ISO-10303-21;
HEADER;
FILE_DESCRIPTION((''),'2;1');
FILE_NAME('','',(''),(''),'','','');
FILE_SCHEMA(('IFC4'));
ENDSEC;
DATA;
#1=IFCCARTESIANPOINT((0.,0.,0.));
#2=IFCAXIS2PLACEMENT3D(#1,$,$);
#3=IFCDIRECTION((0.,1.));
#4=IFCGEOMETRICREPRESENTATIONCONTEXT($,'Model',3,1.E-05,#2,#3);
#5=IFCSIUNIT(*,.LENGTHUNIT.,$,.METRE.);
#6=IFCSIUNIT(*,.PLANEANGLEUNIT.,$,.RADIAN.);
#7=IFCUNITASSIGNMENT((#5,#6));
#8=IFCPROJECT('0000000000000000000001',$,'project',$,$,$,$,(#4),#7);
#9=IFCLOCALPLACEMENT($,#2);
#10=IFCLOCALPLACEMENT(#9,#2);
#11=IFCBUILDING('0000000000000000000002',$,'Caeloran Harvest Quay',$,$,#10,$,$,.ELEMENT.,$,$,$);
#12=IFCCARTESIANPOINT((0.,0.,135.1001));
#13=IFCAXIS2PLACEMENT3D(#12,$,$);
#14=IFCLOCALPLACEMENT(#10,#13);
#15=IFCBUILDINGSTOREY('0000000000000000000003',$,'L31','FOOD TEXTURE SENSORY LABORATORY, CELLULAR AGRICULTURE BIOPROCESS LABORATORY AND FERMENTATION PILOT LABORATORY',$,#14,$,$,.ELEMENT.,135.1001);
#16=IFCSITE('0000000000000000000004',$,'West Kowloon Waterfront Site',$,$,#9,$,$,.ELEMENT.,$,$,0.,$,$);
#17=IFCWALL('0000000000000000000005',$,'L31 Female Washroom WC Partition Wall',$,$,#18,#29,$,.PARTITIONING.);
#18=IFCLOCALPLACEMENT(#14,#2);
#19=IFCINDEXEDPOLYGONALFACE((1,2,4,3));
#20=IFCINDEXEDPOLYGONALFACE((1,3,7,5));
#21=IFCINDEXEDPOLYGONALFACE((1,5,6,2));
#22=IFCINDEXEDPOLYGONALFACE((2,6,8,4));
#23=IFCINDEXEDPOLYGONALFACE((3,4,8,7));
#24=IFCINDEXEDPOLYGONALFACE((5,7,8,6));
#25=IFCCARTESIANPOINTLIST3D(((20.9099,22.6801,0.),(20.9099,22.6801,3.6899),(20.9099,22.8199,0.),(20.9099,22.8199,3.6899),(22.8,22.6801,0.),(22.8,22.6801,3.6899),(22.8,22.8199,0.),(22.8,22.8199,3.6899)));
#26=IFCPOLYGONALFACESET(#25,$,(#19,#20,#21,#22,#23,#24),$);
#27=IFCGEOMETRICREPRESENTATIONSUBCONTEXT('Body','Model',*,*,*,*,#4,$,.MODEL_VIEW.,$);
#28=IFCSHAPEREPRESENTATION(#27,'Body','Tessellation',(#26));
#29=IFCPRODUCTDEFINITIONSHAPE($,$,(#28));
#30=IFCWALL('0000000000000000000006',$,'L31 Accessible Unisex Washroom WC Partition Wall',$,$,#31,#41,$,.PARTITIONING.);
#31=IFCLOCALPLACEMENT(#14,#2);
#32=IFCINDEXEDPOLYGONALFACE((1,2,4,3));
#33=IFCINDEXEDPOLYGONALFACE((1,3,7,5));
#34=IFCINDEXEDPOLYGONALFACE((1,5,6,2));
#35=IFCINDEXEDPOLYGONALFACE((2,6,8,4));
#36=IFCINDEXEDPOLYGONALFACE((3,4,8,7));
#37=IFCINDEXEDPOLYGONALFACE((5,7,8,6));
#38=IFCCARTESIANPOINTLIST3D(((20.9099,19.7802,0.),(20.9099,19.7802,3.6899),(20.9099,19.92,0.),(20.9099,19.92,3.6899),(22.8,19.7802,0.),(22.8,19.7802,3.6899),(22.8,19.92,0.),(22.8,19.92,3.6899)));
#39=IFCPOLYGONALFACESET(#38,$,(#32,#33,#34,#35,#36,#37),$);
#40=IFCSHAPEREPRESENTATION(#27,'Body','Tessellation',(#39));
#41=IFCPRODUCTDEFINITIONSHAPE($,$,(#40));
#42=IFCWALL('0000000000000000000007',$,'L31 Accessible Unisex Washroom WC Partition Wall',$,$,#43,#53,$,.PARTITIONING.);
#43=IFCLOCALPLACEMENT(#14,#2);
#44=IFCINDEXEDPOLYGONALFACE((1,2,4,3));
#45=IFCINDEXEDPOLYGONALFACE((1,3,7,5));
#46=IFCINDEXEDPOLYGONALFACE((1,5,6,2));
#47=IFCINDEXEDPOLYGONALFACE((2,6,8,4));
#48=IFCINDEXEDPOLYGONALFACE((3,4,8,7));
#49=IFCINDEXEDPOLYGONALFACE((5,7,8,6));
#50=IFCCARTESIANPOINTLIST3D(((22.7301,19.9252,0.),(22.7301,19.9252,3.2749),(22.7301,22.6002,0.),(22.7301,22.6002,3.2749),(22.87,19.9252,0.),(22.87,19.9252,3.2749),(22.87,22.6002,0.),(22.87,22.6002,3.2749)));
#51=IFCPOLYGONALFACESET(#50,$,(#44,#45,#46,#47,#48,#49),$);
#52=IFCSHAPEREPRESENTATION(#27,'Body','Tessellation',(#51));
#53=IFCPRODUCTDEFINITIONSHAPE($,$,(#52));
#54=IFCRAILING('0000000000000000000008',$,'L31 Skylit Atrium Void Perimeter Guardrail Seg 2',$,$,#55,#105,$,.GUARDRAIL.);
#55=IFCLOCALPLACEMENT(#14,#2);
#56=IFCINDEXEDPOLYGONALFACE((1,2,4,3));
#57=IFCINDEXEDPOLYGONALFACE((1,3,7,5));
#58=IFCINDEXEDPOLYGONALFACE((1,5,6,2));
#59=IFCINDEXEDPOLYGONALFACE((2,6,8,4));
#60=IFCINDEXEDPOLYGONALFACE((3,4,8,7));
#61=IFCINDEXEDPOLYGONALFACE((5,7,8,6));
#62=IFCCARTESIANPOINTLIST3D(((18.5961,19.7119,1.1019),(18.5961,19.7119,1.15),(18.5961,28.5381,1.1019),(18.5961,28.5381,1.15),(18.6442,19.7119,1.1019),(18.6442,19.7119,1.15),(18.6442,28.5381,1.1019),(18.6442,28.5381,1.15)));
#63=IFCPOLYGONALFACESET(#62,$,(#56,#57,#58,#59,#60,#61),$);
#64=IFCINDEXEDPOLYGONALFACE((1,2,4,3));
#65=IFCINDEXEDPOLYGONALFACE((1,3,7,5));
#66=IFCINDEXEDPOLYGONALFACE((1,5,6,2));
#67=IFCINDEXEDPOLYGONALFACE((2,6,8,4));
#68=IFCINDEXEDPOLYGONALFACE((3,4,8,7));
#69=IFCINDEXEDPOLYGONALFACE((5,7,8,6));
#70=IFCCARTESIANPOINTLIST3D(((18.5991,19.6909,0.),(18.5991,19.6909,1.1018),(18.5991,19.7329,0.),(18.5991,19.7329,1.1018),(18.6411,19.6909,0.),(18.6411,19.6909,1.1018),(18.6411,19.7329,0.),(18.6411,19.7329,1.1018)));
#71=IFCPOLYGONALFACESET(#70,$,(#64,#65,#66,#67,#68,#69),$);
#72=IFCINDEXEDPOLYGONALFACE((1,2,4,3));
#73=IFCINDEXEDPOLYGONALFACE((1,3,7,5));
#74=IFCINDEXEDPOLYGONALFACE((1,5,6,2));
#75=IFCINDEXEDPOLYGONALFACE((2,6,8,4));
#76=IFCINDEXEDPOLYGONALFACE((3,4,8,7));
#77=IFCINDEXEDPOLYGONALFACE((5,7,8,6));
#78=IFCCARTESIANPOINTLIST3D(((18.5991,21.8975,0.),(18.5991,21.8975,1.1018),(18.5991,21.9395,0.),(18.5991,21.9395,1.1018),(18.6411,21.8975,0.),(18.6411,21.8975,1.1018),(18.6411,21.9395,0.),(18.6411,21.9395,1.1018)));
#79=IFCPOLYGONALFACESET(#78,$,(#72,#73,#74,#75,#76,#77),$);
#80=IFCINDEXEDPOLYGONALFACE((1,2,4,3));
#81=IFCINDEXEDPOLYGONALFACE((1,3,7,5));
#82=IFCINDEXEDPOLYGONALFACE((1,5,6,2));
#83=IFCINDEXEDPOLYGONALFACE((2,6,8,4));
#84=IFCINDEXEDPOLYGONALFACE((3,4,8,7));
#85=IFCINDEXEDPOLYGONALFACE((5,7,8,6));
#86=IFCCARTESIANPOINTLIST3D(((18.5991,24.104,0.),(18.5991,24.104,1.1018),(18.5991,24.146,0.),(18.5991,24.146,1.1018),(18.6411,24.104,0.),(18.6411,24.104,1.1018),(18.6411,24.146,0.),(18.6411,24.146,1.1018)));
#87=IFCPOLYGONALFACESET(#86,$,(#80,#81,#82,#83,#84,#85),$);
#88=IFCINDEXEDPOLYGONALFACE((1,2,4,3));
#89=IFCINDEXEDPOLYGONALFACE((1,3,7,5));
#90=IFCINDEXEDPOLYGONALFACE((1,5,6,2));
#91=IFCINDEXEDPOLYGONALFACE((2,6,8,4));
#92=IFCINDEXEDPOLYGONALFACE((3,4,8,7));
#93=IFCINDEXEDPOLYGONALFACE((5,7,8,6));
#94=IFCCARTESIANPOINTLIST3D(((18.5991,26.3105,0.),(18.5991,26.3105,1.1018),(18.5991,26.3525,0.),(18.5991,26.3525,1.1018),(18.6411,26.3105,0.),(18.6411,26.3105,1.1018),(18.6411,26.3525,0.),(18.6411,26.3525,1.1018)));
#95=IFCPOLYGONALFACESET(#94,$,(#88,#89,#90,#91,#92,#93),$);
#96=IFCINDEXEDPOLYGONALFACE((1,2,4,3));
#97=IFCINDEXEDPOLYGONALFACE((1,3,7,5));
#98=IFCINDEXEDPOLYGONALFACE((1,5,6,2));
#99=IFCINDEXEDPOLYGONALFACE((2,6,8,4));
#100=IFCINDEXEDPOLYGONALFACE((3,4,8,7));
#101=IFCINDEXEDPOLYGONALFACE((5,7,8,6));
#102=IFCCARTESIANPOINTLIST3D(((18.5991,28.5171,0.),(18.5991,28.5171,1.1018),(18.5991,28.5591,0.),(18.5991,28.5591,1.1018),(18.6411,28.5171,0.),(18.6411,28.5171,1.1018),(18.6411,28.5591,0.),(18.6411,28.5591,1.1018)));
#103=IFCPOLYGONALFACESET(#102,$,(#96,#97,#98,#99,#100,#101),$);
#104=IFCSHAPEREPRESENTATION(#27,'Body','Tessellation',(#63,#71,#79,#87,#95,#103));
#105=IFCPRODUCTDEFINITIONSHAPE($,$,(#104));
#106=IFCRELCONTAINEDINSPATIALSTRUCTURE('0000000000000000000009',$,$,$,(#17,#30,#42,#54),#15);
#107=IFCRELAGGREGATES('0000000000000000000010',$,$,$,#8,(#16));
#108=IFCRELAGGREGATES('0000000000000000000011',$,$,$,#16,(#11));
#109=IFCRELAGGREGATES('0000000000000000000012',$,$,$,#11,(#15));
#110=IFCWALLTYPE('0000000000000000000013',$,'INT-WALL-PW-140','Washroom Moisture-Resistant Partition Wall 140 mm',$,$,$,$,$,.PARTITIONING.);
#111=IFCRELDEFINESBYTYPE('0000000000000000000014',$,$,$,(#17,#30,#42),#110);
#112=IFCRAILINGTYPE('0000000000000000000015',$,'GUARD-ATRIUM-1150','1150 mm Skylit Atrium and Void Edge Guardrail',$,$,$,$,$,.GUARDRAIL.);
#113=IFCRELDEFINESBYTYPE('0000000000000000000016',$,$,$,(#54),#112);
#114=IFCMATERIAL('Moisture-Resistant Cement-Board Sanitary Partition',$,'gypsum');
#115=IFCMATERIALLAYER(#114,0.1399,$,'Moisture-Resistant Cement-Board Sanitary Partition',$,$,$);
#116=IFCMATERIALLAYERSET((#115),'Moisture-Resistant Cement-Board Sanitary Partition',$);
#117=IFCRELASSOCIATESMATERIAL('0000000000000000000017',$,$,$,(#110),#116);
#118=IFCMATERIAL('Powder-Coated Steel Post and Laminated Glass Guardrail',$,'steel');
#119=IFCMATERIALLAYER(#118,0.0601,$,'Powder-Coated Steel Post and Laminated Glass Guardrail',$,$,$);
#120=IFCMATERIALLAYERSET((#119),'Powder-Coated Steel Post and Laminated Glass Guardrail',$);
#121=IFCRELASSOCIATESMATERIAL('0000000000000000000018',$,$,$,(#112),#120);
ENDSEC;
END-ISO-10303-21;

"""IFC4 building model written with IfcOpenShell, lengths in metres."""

from ifc_helpers import new_model, si_unit, direction, frame, frame_2d, origin, origin_2d, place, context, subcontext, project, spatial, rectangle, extrude, material, layer, layer_set, type_object, element, save


model = new_model("IFC4")

# Units and contexts
model_context = context("Model", 3, precision=1e-05, world=origin(), true_north=direction((0.0, 1.0)))
body_context = subcontext(model_context, "Body", "Model", "MODEL_VIEW")
ifc_project = project(units=[si_unit("LENGTHUNIT", "METRE"), si_unit("PLANEANGLEUNIT", "RADIAN")], contexts=[model_context])

# Site, building, storey
site_placement = place(None, origin())
site = spatial("IfcSite", under=ifc_project, at=site_placement, Name="West Kowloon Waterfront Site", CompositionType="ELEMENT", RefElevation=0.0)
building_placement = place(site_placement, origin())
building = spatial("IfcBuilding", under=site, at=building_placement, Name="Caeloran Harvest Quay", CompositionType="ELEMENT")
storey_placement = place(building_placement, frame((0.0, 0.0, 135.1001)))
storey = spatial("IfcBuildingStorey", under=building, at=storey_placement, Name="L31", Description="FOOD TEXTURE SENSORY LABORATORY, CELLULAR AGRICULTURE BIOPROCESS LABORATORY AND FERMENTATION PILOT LABORATORY", CompositionType="ELEMENT", Elevation=135.1001)

# Wall
ifc_material_1 = material(Name="Moisture-Resistant Cement-Board Sanitary Partition", Category="gypsum")
ifc_layer_1 = layer(ifc_material_1, 0.1399, Name="Moisture-Resistant Cement-Board Sanitary Partition")
ifc_layer_set_1 = layer_set([ifc_layer_1], Name="Moisture-Resistant Cement-Board Sanitary Partition")
wall_type = type_object("IfcWallType", Name="INT-WALL-PW-140", Description="Washroom Moisture-Resistant Partition Wall 140 mm", PredefinedType="PARTITIONING", material=ifc_layer_set_1)
wall_1_placement = place(storey_placement, frame((22.8, 22.75, 0.0), z_axis=(0.0, 0.0, 1.0), x_axis=(-1.0, 0.0, 0.0)))
element("IfcWall", 1, at=wall_1_placement, inside=storey, type_object=wall_type, Name="L31 Female Washroom WC Partition Wall", PredefinedType="PARTITIONING", context=body_context, shape_type="SweptSolid", body=[
    extrude(rectangle(XDim=1.8901, YDim=0.1399, at=frame_2d((0.9451, 0.0))), origin(), (0.0, 0.0, 1.0), 3.6899),
])

# Wall
wall_2_placement = place(storey_placement, frame((22.8, 19.8501, 0.0), z_axis=(0.0, 0.0, 1.0), x_axis=(-1.0, 0.0, 0.0)))
element("IfcWall", 2, at=wall_2_placement, inside=storey, type_object=wall_type, Name="L31 Accessible Unisex Washroom WC Partition Wall", PredefinedType="PARTITIONING", context=body_context, shape_type="SweptSolid", body=[
    extrude(rectangle(XDim=1.8901, YDim=0.1399, at=frame_2d((0.9451, 0.0))), origin(), (0.0, 0.0, 1.0), 3.6899),
])

# Wall
wall_3_placement = place(storey_placement, frame((22.8, 22.6001, 0.0), z_axis=(0.0, 0.0, 1.0), x_axis=(0.0, -1.0, 0.0)))
element("IfcWall", 3, at=wall_3_placement, inside=storey, type_object=wall_type, Name="L31 Accessible Unisex Washroom WC Partition Wall", PredefinedType="PARTITIONING", context=body_context, shape_type="SweptSolid", body=[
    extrude(rectangle(XDim=2.675, YDim=0.1399, at=frame_2d((1.3374, 0.0))), origin(), (0.0, 0.0, 1.0), 3.2749),
])

# Railing
ifc_material_2 = material(Name="Powder-Coated Steel Post and Laminated Glass Guardrail", Category="steel")
ifc_layer_2 = layer(ifc_material_2, 0.0601, Name="Powder-Coated Steel Post and Laminated Glass Guardrail")
ifc_layer_set_2 = layer_set([ifc_layer_2], Name="Powder-Coated Steel Post and Laminated Glass Guardrail")
railing_type = type_object("IfcRailingType", Name="GUARD-ATRIUM-1150", Description="1150 mm Skylit Atrium and Void Edge Guardrail", PredefinedType="GUARDRAIL", material=ifc_layer_set_2)
railing_placement = place(storey_placement, frame((18.6201, 19.7119, 0.0)))
element("IfcRailing", 4, at=railing_placement, inside=storey, type_object=railing_type, Name="L31 Skylit Atrium Void Perimeter Guardrail Seg 2", PredefinedType="GUARDRAIL", context=body_context, shape_type="SweptSolid", body=[
    extrude(rectangle(XDim=0.0481, YDim=0.0481, at=origin_2d()), frame((0.0, 0.0, 1.126), z_axis=(0.0, 1.0, 0.0), x_axis=(-1.0, 0.0, 0.0)), (0.0, 0.0, 1.0), 8.8262),
    extrude(rectangle(XDim=0.042, YDim=0.042, at=origin_2d()), origin(), (0.0, 0.0, 1.0), 1.1018),
    extrude(rectangle(XDim=0.042, YDim=0.042, at=origin_2d()), frame((0.0, 2.2065, 0.0)), (0.0, 0.0, 1.0), 1.1018),
    extrude(rectangle(XDim=0.042, YDim=0.042, at=origin_2d()), frame((0.0, 4.4131, 0.0)), (0.0, 0.0, 1.0), 1.1018),
    extrude(rectangle(XDim=0.042, YDim=0.042, at=origin_2d()), frame((0.0, 6.6196, 0.0)), (0.0, 0.0, 1.0), 1.1018),
    extrude(rectangle(XDim=0.042, YDim=0.042, at=origin_2d()), frame((0.0, 8.8262, 0.0)), (0.0, 0.0, 1.0), 1.1018),
])

save(model, "model.ifc")
